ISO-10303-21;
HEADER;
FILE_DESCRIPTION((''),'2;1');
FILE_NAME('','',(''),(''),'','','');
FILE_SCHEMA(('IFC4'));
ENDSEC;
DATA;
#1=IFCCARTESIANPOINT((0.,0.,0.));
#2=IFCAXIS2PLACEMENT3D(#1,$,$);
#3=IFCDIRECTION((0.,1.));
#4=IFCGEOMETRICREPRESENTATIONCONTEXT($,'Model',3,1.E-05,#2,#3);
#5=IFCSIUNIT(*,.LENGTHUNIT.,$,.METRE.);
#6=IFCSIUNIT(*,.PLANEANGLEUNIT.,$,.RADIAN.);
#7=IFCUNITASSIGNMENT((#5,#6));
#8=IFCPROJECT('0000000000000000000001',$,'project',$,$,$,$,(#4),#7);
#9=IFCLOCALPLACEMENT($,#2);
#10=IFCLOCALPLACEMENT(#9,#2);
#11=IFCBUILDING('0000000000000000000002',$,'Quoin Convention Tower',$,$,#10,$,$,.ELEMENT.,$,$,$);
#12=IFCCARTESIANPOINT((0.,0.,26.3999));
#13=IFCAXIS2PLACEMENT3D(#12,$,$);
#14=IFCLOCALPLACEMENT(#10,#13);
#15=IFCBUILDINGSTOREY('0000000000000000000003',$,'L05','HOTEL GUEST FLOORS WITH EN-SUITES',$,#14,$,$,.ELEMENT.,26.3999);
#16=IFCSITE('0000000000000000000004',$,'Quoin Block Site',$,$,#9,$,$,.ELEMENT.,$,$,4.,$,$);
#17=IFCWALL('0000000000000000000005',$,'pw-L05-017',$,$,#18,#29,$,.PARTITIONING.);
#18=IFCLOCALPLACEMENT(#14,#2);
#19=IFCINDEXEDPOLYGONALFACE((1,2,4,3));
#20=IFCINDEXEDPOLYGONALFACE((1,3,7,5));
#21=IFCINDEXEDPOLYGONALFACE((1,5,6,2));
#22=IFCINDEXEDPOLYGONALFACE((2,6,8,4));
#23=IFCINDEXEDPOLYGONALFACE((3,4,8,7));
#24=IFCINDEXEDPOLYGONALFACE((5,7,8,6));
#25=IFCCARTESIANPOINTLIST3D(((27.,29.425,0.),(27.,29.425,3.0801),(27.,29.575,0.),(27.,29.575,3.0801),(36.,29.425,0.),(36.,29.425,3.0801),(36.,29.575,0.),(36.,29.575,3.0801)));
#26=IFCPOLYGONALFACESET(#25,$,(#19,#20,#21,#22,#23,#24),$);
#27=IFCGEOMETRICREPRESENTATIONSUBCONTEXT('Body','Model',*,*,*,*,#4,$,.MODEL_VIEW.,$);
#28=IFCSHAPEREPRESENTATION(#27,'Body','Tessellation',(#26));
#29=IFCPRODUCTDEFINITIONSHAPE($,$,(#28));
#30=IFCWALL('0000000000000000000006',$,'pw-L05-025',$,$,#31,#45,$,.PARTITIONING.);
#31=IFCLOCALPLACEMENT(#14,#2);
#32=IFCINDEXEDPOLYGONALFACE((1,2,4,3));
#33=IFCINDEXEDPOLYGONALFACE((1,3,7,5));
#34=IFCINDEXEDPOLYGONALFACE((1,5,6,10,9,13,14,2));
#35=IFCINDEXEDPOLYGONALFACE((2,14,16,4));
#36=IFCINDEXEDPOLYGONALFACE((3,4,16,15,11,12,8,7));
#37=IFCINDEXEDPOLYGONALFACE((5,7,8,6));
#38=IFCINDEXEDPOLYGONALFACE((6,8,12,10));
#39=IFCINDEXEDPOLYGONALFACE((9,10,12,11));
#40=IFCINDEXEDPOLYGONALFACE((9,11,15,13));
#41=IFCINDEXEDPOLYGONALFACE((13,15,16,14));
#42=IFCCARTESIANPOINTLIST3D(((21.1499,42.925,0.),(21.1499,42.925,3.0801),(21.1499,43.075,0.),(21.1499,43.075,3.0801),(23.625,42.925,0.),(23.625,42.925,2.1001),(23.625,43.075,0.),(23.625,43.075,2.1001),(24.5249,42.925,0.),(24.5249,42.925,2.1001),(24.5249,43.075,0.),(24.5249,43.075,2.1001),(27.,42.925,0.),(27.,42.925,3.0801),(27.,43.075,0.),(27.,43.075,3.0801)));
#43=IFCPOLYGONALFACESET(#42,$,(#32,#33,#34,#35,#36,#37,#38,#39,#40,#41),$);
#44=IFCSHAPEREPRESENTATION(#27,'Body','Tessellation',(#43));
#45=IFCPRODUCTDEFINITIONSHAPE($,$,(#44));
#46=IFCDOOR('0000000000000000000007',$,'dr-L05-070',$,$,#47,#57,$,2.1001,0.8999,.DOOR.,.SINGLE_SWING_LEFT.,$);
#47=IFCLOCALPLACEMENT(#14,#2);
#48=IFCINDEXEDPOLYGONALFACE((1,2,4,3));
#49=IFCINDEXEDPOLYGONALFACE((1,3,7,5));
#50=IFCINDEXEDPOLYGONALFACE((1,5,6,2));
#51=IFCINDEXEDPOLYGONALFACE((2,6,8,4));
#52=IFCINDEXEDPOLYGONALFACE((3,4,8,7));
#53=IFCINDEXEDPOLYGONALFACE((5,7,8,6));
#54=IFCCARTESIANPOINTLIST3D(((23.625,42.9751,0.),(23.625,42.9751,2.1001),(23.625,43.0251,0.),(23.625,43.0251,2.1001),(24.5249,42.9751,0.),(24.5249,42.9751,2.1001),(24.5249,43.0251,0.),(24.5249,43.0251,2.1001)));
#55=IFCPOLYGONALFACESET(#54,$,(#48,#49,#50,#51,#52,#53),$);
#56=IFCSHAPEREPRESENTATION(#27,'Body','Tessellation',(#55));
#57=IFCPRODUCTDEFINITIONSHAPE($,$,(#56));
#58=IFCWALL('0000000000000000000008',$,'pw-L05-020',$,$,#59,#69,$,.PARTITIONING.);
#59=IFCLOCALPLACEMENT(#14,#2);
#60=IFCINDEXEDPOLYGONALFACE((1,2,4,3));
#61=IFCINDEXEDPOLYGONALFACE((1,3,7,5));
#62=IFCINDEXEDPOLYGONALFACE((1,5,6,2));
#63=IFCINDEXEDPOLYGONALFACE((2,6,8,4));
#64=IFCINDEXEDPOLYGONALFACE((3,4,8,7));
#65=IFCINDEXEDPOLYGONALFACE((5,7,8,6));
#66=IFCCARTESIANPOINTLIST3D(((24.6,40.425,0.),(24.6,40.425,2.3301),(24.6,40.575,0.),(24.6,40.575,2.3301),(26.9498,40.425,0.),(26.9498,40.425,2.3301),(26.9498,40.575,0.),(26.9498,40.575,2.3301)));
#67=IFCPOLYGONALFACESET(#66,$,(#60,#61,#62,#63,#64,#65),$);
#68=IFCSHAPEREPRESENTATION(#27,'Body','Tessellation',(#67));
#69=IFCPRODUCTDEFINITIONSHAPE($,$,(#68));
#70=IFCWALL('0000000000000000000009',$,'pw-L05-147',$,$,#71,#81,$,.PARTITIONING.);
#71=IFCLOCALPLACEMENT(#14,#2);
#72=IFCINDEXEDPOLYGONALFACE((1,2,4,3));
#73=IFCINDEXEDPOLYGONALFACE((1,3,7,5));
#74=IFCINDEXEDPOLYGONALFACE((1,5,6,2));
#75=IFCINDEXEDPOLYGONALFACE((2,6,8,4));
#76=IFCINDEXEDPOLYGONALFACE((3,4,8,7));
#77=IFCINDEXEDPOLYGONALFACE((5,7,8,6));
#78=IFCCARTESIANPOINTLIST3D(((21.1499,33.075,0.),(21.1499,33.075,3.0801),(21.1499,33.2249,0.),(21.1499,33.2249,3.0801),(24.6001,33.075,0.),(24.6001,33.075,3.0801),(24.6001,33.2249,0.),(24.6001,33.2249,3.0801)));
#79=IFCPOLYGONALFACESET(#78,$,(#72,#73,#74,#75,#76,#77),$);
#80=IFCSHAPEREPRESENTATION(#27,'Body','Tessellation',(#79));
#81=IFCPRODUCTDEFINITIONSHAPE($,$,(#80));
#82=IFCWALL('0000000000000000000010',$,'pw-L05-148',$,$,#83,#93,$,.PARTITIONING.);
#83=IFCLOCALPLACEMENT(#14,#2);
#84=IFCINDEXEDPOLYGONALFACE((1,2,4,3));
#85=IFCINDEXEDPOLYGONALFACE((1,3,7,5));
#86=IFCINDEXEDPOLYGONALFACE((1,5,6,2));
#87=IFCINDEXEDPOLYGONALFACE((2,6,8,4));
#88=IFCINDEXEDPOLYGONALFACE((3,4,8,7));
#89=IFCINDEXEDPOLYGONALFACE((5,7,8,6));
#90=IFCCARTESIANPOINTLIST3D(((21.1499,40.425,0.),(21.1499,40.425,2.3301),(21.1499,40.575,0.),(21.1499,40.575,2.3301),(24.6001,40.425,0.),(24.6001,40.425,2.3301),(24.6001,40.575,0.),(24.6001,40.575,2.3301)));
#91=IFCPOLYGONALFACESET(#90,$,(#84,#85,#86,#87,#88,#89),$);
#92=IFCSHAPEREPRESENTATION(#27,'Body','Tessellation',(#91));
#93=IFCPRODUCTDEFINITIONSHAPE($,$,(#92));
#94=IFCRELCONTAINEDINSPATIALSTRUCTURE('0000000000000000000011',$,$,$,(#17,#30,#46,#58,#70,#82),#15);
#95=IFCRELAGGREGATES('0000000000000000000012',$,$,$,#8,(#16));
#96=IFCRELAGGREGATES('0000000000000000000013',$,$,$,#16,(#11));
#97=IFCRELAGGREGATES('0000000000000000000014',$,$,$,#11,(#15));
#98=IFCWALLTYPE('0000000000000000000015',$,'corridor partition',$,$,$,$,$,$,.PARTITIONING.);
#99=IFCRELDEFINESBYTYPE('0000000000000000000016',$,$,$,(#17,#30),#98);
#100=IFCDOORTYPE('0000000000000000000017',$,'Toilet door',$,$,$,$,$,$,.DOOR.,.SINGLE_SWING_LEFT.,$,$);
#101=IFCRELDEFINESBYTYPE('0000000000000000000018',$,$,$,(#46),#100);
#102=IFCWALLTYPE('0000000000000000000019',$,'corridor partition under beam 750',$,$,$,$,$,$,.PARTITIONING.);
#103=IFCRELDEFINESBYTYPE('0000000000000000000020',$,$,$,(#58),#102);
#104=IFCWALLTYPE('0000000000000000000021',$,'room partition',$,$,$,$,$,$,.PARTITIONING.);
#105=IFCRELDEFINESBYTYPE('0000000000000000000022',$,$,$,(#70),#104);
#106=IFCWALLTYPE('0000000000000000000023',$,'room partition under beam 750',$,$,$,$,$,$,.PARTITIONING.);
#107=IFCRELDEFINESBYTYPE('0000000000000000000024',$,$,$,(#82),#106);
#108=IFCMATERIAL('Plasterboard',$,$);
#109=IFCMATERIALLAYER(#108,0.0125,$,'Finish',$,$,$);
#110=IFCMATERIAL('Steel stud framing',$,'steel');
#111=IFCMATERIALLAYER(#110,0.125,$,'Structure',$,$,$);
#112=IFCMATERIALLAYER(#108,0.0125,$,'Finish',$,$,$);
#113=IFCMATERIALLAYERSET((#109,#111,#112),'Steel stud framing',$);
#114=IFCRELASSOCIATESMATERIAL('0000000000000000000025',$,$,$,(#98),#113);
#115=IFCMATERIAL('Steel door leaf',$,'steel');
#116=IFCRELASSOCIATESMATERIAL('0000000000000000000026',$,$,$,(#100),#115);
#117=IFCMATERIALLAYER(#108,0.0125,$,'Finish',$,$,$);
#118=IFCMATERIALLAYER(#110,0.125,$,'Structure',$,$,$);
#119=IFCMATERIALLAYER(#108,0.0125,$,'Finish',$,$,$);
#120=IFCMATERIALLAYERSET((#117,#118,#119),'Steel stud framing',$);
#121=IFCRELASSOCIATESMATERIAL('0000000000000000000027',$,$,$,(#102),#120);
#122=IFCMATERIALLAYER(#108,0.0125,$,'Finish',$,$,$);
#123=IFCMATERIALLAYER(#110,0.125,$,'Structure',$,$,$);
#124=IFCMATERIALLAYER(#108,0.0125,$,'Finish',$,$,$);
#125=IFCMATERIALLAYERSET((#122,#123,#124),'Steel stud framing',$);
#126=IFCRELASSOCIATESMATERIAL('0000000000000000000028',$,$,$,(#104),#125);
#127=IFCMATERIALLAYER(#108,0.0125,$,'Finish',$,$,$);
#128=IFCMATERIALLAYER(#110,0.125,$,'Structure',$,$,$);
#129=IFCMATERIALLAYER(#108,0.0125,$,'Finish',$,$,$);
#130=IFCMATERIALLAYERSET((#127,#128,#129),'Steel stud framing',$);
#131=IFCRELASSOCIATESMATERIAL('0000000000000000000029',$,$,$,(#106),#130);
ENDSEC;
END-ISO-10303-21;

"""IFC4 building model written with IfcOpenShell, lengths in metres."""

from ifc_helpers import new_model, si_unit, direction, frame, frame_2d, origin, place, context, subcontext, project, spatial, rectangle, extrude, material, layer, layer_set, type_object, element, fill, save


model = new_model("IFC4")

# Units and contexts
model_context = context("Model", 3, precision=1e-05, world=origin(), true_north=direction((0.0, 1.0)))
body_context = subcontext(model_context, "Body", "Model", "MODEL_VIEW")
ifc_project = project(units=[si_unit("LENGTHUNIT", "METRE"), si_unit("PLANEANGLEUNIT", "RADIAN")], contexts=[model_context])

# Site, building, storey
site_placement = place(None, origin())
site = spatial("IfcSite", under=ifc_project, at=site_placement, Name="Quoin Block Site", CompositionType="ELEMENT", RefElevation=4.0)
building_placement = place(site_placement, origin())
building = spatial("IfcBuilding", under=site, at=building_placement, Name="Quoin Convention Tower", CompositionType="ELEMENT")
storey_placement = place(building_placement, frame((0.0, 0.0, 26.3999)))
storey = spatial("IfcBuildingStorey", under=building, at=storey_placement, Name="L05", Description="HOTEL GUEST FLOORS WITH EN-SUITES", CompositionType="ELEMENT", Elevation=26.3999)

# Shared definitions
ifc_material_1 = material(Name="Steel door leaf", Category="steel")

# Wall
ifc_material_2 = material(Name="Plasterboard")
ifc_layer_1 = layer(ifc_material_2, 0.0125, Name="Finish")
ifc_material_3 = material(Name="Steel stud framing", Category="steel")
ifc_layer_2 = layer(ifc_material_3, 0.125, Name="Structure")
ifc_layer_3 = layer(ifc_material_2, 0.0125, Name="Finish")
ifc_layer_set_1 = layer_set([ifc_layer_1, ifc_layer_2, ifc_layer_3], Name="Steel stud framing")
wall_type_1 = type_object("IfcWallType", Name="corridor partition", PredefinedType="PARTITIONING", material=ifc_layer_set_1)
wall_1_placement = place(storey_placement, frame((27.0, 29.5, 0.0), z_axis=(0.0, 0.0, 1.0), x_axis=(1.0, 0.0, 0.0)))
element("IfcWall", 1, at=wall_1_placement, inside=storey, type_object=wall_type_1, Name="pw-L05-017", PredefinedType="PARTITIONING", context=body_context, shape_type="SweptSolid", body=[
    extrude(rectangle(XDim=9.0, YDim=0.1499, at=frame_2d((4.5, 0.0))), origin(), (0.0, 0.0, 1.0), 3.0801),
])

# Wall, opening, door
wall_2_placement = place(storey_placement, frame((21.1499, 43.0, 0.0), z_axis=(0.0, 0.0, 1.0), x_axis=(1.0, 0.0, 0.0)))
wall_2 = element("IfcWall", 2, at=wall_2_placement, inside=storey, type_object=wall_type_1, Name="pw-L05-025", PredefinedType="PARTITIONING", context=body_context, shape_type="SweptSolid", body=[
    extrude(rectangle(XDim=5.8501, YDim=0.1499, at=frame_2d((2.925, 0.0))), origin(), (0.0, 0.0, 1.0), 3.0801),
])
opening_1_placement = place(wall_2_placement, frame((2.4751, 0.0, 0.0)))
opening_1 = element("IfcOpeningElement", 3, at=opening_1_placement, cuts=wall_2, PredefinedType="OPENING", context=body_context, shape_type="SweptSolid", body=[
    extrude(rectangle(XDim=0.8999, YDim=2.1001, at=frame_2d((0.45, 1.05))), frame((0.0, 0.085, 0.0), z_axis=(0.0, -1.0, 0.0), x_axis=(1.0, 0.0, 0.0)), (0.0, 0.0, 1.0), 0.1699),
])
door_type_1 = type_object("IfcDoorType", Name="Toilet door", OperationType="SINGLE_SWING_LEFT", PredefinedType="DOOR", material=ifc_material_1)
door_1_placement = place(opening_1_placement, frame((0.8999, 0.0, 0.0), z_axis=(0.0, 0.0, 1.0), x_axis=(-1.0, 0.0, 0.0)))
door_1 = element("IfcDoor", 4, at=door_1_placement, inside=storey, type_object=door_type_1, Name="dr-L05-070", OperationType="SINGLE_SWING_LEFT", OverallHeight=2.1001, OverallWidth=0.8999, PredefinedType="DOOR", context=body_context, shape_type="SweptSolid", body=[
    extrude(rectangle(XDim=0.8999, YDim=2.1001, at=frame_2d((0.45, 1.05))), frame((0.0, 0.0249, 0.0), z_axis=(0.0, -1.0, 0.0), x_axis=(1.0, 0.0, 0.0)), (0.0, 0.0, 1.0), 0.05),
])
fill(opening_1, door_1)

# Walls
ifc_layer_4 = layer(ifc_material_2, 0.0125, Name="Finish")
ifc_layer_5 = layer(ifc_material_3, 0.125, Name="Structure")
ifc_layer_6 = layer(ifc_material_2, 0.0125, Name="Finish")
ifc_layer_set_2 = layer_set([ifc_layer_4, ifc_layer_5, ifc_layer_6], Name="Steel stud framing")
wall_type_2 = type_object("IfcWallType", Name="corridor partition under beam 750", PredefinedType="PARTITIONING", material=ifc_layer_set_2)
wall_3_placement = place(storey_placement, frame((24.6001, 40.5, 0.0), z_axis=(0.0, 0.0, 1.0), x_axis=(1.0, 0.0, 0.0)))
element("IfcWall", 5, at=wall_3_placement, inside=storey, type_object=wall_type_2, Name="pw-L05-020", PredefinedType="PARTITIONING", context=body_context, shape_type="SweptSolid", body=[
    extrude(rectangle(XDim=2.3499, YDim=0.1499, at=frame_2d((1.1748, 0.0))), origin(), (0.0, 0.0, 1.0), 2.3301),
])
ifc_layer_7 = layer(ifc_material_2, 0.0125, Name="Finish")
ifc_layer_8 = layer(ifc_material_3, 0.125, Name="Structure")
ifc_layer_9 = layer(ifc_material_2, 0.0125, Name="Finish")
ifc_layer_set_3 = layer_set([ifc_layer_7, ifc_layer_8, ifc_layer_9], Name="Steel stud framing")
wall_type_3 = type_object("IfcWallType", Name="room partition", PredefinedType="PARTITIONING", material=ifc_layer_set_3)
wall_4_placement = place(storey_placement, frame((21.1499, 33.1499, 0.0), z_axis=(0.0, 0.0, 1.0), x_axis=(1.0, 0.0, 0.0)))
element("IfcWall", 6, at=wall_4_placement, inside=storey, type_object=wall_type_3, Name="pw-L05-147", PredefinedType="PARTITIONING", context=body_context, shape_type="SweptSolid", body=[
    extrude(rectangle(XDim=3.4502, YDim=0.1499, at=frame_2d((1.7251, 0.0))), origin(), (0.0, 0.0, 1.0), 3.0801),
])
ifc_layer_10 = layer(ifc_material_2, 0.0125, Name="Finish")
ifc_layer_11 = layer(ifc_material_3, 0.125, Name="Structure")
ifc_layer_12 = layer(ifc_material_2, 0.0125, Name="Finish")
ifc_layer_set_4 = layer_set([ifc_layer_10, ifc_layer_11, ifc_layer_12], Name="Steel stud framing")
wall_type_4 = type_object("IfcWallType", Name="room partition under beam 750", PredefinedType="PARTITIONING", material=ifc_layer_set_4)
wall_5_placement = place(storey_placement, frame((21.1499, 40.5, 0.0), z_axis=(0.0, 0.0, 1.0), x_axis=(1.0, 0.0, 0.0)))
element("IfcWall", 7, at=wall_5_placement, inside=storey, type_object=wall_type_4, Name="pw-L05-148", PredefinedType="PARTITIONING", context=body_context, shape_type="SweptSolid", body=[
    extrude(rectangle(XDim=3.4502, YDim=0.1499, at=frame_2d((1.7251, 0.0))), origin(), (0.0, 0.0, 1.0), 2.3301),
])

save(model, "model.ifc")
